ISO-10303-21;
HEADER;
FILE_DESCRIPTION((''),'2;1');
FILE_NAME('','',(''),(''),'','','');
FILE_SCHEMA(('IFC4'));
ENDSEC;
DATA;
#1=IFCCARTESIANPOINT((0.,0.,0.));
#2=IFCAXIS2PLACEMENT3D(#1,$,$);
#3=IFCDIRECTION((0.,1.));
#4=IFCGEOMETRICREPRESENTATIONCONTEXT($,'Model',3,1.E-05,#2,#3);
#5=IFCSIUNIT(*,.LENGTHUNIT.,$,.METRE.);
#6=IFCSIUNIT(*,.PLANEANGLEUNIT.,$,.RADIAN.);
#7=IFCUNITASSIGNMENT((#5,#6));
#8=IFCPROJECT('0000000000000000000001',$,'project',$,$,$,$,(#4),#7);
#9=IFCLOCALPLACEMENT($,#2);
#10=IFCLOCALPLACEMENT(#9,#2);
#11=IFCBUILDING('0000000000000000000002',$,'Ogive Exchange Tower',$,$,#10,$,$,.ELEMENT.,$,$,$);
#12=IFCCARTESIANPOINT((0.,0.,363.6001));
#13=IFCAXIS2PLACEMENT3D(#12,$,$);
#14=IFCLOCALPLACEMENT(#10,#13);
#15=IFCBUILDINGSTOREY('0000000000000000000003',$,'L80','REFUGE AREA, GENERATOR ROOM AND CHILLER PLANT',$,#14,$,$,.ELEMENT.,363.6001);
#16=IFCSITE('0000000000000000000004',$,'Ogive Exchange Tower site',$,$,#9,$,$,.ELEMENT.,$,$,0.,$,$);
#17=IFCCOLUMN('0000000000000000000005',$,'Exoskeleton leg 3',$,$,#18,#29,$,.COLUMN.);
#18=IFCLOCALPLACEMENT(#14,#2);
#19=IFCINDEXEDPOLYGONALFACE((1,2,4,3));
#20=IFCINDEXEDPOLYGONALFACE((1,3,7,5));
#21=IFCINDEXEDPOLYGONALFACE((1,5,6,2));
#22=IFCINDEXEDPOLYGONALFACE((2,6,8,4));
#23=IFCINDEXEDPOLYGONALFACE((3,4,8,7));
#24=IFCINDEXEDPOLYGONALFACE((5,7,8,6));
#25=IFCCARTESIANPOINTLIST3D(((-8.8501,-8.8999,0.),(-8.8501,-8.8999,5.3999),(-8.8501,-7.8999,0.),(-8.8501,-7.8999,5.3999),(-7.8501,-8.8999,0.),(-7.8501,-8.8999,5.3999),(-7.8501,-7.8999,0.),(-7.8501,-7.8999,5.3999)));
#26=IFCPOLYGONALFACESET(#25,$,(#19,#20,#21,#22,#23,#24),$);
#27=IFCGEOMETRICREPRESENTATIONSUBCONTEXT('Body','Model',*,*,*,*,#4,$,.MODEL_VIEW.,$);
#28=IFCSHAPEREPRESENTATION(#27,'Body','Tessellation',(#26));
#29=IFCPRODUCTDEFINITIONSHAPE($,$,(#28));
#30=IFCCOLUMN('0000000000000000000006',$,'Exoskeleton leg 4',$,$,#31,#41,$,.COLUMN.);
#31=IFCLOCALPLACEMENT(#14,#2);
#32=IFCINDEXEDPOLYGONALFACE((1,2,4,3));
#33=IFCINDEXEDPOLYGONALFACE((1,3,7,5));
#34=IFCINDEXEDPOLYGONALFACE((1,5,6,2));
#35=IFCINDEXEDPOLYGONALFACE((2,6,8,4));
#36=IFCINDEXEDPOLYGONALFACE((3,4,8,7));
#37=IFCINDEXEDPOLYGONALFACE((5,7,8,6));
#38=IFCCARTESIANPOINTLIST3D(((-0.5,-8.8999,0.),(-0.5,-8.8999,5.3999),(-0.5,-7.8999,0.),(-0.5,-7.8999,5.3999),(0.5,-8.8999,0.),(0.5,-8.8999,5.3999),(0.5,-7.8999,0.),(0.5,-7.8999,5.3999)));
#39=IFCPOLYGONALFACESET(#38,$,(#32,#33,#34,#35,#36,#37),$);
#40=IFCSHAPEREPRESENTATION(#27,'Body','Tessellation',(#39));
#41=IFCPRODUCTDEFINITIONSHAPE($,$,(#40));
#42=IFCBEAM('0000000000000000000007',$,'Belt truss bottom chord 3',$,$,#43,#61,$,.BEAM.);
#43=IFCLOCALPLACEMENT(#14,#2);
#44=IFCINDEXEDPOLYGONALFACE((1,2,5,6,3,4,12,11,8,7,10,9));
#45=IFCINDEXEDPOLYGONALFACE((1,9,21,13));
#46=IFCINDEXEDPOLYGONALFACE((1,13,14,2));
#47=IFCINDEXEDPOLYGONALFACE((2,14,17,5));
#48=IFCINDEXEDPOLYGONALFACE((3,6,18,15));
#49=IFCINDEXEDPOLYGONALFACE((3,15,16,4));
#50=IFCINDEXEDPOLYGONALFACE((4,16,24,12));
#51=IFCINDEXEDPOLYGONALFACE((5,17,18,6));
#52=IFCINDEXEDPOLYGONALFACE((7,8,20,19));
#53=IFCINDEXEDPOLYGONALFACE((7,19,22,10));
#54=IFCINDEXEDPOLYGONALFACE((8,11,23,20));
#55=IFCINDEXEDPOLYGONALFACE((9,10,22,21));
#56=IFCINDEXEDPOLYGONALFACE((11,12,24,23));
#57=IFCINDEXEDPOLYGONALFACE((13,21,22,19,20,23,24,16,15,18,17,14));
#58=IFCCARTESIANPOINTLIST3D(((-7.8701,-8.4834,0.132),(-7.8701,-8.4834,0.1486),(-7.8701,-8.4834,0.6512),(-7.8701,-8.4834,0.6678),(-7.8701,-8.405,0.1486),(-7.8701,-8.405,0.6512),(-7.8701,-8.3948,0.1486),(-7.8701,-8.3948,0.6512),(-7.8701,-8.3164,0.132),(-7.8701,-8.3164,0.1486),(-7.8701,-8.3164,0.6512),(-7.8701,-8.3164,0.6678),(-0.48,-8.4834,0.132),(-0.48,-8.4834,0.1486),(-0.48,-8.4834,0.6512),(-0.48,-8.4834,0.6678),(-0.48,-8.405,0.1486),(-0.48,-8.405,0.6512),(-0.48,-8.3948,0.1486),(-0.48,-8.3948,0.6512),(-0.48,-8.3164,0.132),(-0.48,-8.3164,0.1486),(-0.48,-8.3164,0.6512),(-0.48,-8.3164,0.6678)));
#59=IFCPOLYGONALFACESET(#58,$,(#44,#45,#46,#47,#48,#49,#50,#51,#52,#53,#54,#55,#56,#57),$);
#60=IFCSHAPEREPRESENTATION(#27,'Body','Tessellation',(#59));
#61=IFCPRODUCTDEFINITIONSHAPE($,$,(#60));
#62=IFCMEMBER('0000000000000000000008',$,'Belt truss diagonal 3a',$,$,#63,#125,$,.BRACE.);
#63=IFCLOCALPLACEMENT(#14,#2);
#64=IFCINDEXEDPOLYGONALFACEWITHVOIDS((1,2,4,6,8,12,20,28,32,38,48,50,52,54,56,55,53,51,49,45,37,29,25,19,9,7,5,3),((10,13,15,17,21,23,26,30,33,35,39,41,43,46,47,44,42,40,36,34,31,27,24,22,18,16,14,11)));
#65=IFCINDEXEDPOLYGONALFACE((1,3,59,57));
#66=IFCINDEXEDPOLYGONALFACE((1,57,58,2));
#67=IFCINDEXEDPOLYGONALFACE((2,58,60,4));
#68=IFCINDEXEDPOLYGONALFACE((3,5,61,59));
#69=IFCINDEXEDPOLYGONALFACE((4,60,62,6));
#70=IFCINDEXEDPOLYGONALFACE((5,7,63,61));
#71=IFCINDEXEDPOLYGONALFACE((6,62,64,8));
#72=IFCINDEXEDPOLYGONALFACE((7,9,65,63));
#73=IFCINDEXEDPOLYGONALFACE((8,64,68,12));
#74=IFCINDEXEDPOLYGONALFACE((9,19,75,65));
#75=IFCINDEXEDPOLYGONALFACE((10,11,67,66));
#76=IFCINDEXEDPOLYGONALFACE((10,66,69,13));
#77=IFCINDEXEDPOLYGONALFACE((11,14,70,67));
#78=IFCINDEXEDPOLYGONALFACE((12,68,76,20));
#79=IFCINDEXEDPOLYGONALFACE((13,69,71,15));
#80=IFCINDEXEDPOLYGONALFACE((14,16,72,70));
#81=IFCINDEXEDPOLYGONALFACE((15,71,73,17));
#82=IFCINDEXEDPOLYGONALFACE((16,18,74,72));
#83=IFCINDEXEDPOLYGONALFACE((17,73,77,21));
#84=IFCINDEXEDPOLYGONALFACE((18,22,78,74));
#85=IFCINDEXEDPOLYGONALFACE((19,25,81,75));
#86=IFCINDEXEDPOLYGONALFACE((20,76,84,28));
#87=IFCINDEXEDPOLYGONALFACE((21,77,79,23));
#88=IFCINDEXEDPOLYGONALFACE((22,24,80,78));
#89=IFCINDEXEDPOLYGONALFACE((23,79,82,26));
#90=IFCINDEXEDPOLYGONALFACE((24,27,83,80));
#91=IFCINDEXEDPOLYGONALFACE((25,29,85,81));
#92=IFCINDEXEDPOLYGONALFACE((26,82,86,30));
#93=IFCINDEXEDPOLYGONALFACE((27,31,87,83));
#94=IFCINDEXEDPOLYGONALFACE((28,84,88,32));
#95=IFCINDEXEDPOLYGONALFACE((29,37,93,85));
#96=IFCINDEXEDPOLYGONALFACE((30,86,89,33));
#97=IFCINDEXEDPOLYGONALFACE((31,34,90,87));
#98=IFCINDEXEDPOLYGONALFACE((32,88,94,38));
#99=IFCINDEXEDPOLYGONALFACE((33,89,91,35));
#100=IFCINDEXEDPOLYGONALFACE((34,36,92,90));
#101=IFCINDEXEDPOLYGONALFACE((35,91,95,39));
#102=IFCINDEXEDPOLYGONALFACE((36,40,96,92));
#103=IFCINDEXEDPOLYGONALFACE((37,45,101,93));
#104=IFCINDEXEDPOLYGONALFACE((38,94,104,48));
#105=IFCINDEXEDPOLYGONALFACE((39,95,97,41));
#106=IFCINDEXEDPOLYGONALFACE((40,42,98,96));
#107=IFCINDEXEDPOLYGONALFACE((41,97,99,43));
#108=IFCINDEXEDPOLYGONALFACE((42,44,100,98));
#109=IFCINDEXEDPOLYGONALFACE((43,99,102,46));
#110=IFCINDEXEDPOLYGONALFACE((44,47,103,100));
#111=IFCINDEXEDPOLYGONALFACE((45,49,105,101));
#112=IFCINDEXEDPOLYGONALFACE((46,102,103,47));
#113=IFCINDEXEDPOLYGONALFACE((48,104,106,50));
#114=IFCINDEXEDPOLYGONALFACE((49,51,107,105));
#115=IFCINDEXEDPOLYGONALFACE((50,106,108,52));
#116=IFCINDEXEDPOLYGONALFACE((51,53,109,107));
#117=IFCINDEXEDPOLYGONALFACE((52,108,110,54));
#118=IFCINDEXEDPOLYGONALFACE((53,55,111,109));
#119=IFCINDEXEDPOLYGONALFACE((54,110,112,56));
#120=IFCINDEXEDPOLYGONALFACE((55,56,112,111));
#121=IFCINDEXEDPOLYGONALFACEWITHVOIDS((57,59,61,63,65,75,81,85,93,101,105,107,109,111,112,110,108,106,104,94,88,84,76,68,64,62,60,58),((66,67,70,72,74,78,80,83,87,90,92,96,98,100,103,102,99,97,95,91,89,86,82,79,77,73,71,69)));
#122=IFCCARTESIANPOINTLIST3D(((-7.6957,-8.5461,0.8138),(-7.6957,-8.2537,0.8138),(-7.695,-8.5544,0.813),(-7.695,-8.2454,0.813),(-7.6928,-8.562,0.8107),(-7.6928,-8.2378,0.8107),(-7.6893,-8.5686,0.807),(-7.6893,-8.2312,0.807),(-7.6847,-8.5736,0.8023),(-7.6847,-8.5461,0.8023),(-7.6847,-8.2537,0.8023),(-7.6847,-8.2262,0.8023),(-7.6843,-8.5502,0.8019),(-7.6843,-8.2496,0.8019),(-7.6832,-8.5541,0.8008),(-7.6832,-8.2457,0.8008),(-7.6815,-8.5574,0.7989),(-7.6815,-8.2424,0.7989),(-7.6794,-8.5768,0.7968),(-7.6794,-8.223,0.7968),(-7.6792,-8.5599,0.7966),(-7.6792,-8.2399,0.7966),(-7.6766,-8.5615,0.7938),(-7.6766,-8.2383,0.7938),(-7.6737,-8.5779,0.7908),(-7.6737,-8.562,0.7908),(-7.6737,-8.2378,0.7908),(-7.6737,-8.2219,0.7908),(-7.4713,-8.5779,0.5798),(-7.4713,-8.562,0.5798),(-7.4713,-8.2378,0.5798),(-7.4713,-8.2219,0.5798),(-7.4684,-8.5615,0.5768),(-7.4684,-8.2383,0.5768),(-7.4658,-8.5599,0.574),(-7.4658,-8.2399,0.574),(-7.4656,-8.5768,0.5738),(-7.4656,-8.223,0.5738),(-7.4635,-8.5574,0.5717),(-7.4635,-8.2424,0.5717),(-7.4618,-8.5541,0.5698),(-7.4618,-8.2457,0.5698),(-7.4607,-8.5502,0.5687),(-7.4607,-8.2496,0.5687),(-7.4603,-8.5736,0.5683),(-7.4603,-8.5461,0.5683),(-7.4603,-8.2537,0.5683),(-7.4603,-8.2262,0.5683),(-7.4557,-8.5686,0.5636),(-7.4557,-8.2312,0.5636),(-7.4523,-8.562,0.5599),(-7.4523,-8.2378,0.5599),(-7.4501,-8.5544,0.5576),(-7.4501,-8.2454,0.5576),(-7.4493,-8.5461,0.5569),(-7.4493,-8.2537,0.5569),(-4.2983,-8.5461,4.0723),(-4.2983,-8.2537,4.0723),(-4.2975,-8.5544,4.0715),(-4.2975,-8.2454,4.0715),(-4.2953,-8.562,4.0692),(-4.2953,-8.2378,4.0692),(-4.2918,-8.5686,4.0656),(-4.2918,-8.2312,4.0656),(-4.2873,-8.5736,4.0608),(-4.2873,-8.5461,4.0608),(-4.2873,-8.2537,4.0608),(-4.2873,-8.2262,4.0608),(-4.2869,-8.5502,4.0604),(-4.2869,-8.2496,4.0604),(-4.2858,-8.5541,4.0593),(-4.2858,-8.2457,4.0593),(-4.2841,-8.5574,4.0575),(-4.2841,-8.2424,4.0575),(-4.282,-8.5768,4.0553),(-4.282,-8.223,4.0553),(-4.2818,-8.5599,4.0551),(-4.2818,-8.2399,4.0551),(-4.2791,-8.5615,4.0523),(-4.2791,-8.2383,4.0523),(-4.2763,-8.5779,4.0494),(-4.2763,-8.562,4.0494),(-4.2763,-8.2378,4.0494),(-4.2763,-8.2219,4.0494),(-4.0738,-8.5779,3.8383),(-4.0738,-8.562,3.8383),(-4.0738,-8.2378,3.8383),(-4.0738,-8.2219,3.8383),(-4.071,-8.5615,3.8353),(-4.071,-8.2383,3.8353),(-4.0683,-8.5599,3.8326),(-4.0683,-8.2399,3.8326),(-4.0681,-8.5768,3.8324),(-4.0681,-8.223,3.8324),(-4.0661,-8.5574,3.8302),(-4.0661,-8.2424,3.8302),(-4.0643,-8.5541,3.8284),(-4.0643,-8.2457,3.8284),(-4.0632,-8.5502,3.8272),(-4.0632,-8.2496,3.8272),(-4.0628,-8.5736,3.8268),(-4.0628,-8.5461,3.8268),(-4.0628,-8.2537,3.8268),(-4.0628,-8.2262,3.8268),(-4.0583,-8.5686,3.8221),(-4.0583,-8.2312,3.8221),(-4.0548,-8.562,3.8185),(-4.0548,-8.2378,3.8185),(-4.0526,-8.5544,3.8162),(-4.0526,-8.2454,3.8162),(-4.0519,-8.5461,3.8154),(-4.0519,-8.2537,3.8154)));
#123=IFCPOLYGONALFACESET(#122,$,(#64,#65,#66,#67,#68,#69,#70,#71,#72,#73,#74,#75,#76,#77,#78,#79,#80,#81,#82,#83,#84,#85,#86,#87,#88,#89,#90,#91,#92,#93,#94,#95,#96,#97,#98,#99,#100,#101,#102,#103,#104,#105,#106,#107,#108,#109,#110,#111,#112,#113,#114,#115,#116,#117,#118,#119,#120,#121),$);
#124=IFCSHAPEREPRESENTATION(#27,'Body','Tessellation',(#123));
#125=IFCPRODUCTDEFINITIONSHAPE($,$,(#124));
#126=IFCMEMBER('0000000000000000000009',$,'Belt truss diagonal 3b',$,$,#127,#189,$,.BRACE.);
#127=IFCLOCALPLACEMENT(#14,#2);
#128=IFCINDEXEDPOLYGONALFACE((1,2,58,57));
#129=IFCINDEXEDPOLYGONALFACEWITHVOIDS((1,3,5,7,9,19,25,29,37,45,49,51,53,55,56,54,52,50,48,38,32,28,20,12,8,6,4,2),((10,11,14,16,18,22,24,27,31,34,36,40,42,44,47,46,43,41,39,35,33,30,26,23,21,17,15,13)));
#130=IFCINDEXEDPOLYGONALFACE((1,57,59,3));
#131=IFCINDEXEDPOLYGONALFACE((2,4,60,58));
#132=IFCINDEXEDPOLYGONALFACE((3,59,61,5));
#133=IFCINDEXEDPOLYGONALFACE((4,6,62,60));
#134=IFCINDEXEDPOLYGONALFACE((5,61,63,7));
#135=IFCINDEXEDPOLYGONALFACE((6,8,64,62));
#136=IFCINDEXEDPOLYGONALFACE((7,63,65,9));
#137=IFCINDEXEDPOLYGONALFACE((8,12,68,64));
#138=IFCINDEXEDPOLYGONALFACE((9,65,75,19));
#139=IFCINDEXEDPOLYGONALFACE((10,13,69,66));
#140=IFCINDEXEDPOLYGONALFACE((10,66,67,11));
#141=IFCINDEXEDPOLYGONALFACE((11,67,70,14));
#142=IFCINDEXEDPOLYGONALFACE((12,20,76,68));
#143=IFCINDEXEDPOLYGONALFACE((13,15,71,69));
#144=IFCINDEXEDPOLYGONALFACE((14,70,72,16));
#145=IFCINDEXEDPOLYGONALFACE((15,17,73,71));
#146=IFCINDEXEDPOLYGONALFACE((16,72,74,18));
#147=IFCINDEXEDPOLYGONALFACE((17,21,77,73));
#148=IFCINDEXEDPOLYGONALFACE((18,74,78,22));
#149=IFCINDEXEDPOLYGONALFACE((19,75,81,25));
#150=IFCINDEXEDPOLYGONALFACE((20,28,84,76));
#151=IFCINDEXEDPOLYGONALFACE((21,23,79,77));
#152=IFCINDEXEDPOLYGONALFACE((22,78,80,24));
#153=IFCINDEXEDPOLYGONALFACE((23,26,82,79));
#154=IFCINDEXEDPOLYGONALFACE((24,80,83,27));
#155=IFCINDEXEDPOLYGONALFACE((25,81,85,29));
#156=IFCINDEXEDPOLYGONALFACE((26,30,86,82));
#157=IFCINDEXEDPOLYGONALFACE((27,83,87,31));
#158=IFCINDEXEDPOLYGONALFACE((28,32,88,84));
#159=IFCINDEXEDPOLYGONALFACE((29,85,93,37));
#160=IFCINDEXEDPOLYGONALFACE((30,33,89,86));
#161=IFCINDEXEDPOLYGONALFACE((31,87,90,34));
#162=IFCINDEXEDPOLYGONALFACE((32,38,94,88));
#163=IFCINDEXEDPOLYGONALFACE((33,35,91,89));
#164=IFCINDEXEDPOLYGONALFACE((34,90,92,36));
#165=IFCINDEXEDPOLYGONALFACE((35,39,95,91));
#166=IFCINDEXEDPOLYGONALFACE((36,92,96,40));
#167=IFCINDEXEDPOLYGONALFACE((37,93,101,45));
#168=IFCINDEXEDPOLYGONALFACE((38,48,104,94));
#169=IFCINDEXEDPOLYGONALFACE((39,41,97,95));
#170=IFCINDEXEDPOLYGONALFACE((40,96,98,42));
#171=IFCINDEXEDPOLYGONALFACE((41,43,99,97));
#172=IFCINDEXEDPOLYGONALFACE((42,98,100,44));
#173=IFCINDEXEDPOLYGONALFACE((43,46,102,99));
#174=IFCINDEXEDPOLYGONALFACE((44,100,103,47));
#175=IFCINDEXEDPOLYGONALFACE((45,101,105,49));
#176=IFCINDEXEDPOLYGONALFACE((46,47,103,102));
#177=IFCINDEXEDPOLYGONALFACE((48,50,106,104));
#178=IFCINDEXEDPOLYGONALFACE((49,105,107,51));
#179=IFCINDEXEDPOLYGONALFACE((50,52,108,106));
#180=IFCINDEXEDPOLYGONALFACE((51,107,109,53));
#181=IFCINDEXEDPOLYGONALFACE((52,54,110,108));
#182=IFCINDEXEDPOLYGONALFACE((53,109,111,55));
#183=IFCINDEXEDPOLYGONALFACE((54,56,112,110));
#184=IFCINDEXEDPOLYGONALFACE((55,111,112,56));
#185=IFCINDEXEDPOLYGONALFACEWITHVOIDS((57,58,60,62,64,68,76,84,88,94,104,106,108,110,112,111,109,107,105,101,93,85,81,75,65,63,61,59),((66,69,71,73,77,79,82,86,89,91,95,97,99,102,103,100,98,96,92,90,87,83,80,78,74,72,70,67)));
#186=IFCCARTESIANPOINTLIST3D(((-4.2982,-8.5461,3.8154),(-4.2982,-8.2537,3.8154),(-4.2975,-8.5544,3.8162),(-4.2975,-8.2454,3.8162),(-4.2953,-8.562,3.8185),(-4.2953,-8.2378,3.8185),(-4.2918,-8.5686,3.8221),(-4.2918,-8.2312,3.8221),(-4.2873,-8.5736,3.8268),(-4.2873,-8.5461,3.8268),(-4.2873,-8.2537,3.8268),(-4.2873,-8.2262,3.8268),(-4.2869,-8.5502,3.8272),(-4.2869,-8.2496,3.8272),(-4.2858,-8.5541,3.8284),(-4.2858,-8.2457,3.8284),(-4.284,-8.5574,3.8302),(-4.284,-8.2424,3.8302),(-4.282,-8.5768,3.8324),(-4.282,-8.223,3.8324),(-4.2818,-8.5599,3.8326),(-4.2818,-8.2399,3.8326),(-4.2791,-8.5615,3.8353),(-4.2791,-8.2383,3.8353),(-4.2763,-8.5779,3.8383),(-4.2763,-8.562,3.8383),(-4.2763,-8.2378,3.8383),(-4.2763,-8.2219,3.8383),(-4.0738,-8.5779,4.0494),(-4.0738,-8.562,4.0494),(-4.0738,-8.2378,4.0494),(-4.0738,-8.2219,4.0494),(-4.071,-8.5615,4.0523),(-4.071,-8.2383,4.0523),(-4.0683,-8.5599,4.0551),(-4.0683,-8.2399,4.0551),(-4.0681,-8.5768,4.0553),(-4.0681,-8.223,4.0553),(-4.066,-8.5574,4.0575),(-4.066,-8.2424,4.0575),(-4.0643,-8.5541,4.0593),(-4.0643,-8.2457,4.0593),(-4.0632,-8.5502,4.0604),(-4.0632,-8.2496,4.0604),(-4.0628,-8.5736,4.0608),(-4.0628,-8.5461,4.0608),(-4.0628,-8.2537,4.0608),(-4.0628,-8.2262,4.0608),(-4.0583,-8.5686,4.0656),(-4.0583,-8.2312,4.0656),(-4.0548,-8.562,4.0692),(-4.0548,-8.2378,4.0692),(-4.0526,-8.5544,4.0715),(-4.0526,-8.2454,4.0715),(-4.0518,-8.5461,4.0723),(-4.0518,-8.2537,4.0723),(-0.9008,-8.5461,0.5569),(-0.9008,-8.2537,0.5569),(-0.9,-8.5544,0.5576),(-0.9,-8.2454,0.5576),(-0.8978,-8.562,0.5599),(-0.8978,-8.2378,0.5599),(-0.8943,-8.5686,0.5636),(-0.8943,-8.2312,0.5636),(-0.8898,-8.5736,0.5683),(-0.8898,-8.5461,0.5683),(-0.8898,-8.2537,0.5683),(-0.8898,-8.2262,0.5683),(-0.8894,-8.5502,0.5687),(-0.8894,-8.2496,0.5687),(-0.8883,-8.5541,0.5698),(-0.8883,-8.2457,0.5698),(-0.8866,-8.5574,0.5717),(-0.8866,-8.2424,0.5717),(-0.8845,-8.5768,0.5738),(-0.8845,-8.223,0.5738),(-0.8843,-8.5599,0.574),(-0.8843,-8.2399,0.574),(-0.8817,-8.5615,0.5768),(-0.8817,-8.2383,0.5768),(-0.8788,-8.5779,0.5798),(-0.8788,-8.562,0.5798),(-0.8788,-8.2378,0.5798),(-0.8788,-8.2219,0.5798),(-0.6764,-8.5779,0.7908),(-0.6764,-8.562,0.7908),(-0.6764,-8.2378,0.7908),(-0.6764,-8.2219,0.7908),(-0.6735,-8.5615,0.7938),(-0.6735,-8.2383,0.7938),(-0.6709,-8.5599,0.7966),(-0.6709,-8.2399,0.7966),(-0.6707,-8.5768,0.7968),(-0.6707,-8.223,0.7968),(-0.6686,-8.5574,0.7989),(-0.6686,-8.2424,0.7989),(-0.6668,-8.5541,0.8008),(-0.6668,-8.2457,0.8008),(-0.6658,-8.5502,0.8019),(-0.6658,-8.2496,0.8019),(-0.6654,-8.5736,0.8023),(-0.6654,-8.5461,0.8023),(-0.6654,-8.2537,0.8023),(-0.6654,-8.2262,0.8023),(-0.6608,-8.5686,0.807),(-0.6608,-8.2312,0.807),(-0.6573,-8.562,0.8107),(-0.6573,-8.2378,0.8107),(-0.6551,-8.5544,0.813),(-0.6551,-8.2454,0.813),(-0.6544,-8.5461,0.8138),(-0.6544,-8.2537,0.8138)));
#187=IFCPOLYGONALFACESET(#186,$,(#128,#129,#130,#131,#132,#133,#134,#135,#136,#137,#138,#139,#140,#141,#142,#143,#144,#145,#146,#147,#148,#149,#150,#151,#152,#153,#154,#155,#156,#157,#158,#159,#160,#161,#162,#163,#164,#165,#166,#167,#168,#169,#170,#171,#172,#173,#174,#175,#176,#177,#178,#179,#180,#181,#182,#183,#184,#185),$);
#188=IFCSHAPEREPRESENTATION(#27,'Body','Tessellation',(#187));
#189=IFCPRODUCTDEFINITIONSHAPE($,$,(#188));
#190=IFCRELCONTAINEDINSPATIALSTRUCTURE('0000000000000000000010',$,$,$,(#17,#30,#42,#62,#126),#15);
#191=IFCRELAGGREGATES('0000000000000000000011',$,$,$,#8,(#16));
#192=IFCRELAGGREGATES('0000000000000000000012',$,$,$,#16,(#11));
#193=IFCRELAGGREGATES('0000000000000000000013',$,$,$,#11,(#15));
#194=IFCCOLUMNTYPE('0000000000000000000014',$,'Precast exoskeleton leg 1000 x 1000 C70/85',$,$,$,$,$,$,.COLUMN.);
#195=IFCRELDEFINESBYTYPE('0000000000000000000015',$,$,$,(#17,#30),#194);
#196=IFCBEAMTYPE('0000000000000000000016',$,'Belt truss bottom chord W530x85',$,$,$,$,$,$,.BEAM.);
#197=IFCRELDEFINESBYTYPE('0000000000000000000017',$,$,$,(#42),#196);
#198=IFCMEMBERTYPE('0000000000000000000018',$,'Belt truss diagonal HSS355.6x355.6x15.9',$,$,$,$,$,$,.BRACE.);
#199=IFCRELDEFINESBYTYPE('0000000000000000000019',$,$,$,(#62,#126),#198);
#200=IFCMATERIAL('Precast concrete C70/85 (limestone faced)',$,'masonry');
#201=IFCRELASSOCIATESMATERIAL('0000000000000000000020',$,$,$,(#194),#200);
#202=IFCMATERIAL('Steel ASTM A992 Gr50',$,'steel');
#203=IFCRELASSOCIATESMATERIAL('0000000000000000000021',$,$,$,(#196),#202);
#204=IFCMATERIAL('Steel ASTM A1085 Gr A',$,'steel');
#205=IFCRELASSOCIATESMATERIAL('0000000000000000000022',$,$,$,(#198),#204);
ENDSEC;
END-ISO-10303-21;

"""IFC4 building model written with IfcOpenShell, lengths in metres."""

from ifc_helpers import new_model, si_unit, direction, frame, origin, origin_2d, place, context, subcontext, project, spatial, rectangle, hollow_rectangle, i_section, extrude, material, material_profile, profile_set, type_object, element, save


model = new_model("IFC4")

# Units and contexts
model_context = context("Model", 3, precision=1e-05, world=origin(), true_north=direction((0.0, 1.0)))
body_context = subcontext(model_context, "Body", "Model", "MODEL_VIEW")
ifc_project = project(units=[si_unit("LENGTHUNIT", "METRE"), si_unit("PLANEANGLEUNIT", "RADIAN")], contexts=[model_context])

# Site, building, storey
site_placement = place(None, origin())
site = spatial("IfcSite", under=ifc_project, at=site_placement, Name="Ogive Exchange Tower site", CompositionType="ELEMENT", RefElevation=0.0)
building_placement = place(site_placement, origin())
building = spatial("IfcBuilding", under=site, at=building_placement, Name="Ogive Exchange Tower", CompositionType="ELEMENT")
storey_placement = place(building_placement, frame((0.0, 0.0, 363.6001)))
storey = spatial("IfcBuildingStorey", under=building, at=storey_placement, Name="L80", Description="REFUGE AREA, GENERATOR ROOM AND CHILLER PLANT", CompositionType="ELEMENT", Elevation=363.6001)

# Columns
ifc_material_1 = material(Name="Precast concrete C70/85 (limestone faced)", Category="masonry")
ifc_material_profile_1 = material_profile(ifc_material_1, rectangle(XDim=1.0, YDim=1.0, at=origin_2d()), Name="1000 x 1000")
ifc_profile_set_1 = profile_set([ifc_material_profile_1], Name="Precast concrete C70/85 (limestone faced)")
column_type = type_object("IfcColumnType", Name="Precast exoskeleton leg 1000 x 1000 C70/85", PredefinedType="COLUMN", material=ifc_profile_set_1)
for number, where, z_axis, x_axis, name in (
    (1, (-8.3501, -8.3999, 0.0), (0.0, 0.0, 1.0), (1.0, 0.0, 0.0), "Exoskeleton leg 3"),
    (2, (0.0, -8.3999, 0.0), (0.0, 0.0, 1.0), (1.0, 0.0, 0.0), "Exoskeleton leg 4"),
):
    element("IfcColumn", number, at=place(storey_placement, frame(where, z_axis=z_axis, x_axis=x_axis)), inside=storey, type_object=column_type, Name=name, PredefinedType="COLUMN", context=body_context, shape_type="SweptSolid", body=[
        extrude(rectangle(XDim=1.0, YDim=1.0, at=origin_2d()), origin(), (0.0, 0.0, 1.0), 5.3999),
    ])

# Beam
ifc_material_2 = material(Name="Steel ASTM A992 Gr50", Category="steel")
ifc_material_profile_2 = material_profile(ifc_material_2, i_section(OverallWidth=0.167, OverallDepth=0.5359, WebThickness=0.0103, FlangeThickness=0.0166, at=origin_2d()), Name="W530x85")
ifc_profile_set_2 = profile_set([ifc_material_profile_2], Name="Steel ASTM A992 Gr50")
beam_type_1 = type_object("IfcBeamType", Name="Belt truss bottom chord W530x85", PredefinedType="BEAM", material=ifc_profile_set_2)
beam_1_placement = place(storey_placement, frame((-7.8701, -8.3999, 0.3999), z_axis=(1.0, 0.0, 0.0), x_axis=(0.0, 1.0, 0.0)))
element("IfcBeam", 3, at=beam_1_placement, inside=storey, type_object=beam_type_1, Name="Belt truss bottom chord 3", PredefinedType="BEAM", context=body_context, shape_type="SweptSolid", body=[
    extrude(i_section(OverallWidth=0.167, OverallDepth=0.5359, WebThickness=0.0103, FlangeThickness=0.0166, at=origin_2d()), origin(), (0.0, 0.0, 1.0), 7.3901),
])

# Members
ifc_material_3 = material(Name="Steel ASTM A1085 Gr A", Category="steel")
ifc_material_profile_3 = material_profile(ifc_material_3, hollow_rectangle(XDim=0.356, YDim=0.356, WallThickness=0.0159, InnerFilletRadius=0.0159, OuterFilletRadius=0.0317, at=origin_2d()), Name="HSS355.6x355.6x15.9")
ifc_profile_set_3 = profile_set([ifc_material_profile_3], Name="Steel ASTM A1085 Gr A")
member_type = type_object("IfcMemberType", Name="Belt truss diagonal HSS355.6x355.6x15.9", PredefinedType="BRACE", material=ifc_profile_set_3)
for number, where, z_axis, x_axis, name in (
    (4, (-7.5725, -8.3999, 0.6853), (0.721707, 0.0, 0.692198), (0.0, 1.0, 0.0), "Belt truss diagonal 3a"),
    (5, (-0.7776, -8.3999, 0.6853), (-0.721707, 0.0, 0.692198), (0.0, -1.0, 0.0), "Belt truss diagonal 3b"),
):
    element("IfcMember", number, at=place(storey_placement, frame(where, z_axis=z_axis, x_axis=x_axis)), inside=storey, type_object=member_type, Name=name, PredefinedType="BRACE", context=body_context, shape_type="SweptSolid", body=[
        extrude(hollow_rectangle(XDim=0.356, YDim=0.356, WallThickness=0.0159, InnerFilletRadius=0.0159, OuterFilletRadius=0.0317, at=origin_2d()), origin(), (0.0, 0.0, 1.0), 4.7075),
    ])

save(model, "model.ifc")
